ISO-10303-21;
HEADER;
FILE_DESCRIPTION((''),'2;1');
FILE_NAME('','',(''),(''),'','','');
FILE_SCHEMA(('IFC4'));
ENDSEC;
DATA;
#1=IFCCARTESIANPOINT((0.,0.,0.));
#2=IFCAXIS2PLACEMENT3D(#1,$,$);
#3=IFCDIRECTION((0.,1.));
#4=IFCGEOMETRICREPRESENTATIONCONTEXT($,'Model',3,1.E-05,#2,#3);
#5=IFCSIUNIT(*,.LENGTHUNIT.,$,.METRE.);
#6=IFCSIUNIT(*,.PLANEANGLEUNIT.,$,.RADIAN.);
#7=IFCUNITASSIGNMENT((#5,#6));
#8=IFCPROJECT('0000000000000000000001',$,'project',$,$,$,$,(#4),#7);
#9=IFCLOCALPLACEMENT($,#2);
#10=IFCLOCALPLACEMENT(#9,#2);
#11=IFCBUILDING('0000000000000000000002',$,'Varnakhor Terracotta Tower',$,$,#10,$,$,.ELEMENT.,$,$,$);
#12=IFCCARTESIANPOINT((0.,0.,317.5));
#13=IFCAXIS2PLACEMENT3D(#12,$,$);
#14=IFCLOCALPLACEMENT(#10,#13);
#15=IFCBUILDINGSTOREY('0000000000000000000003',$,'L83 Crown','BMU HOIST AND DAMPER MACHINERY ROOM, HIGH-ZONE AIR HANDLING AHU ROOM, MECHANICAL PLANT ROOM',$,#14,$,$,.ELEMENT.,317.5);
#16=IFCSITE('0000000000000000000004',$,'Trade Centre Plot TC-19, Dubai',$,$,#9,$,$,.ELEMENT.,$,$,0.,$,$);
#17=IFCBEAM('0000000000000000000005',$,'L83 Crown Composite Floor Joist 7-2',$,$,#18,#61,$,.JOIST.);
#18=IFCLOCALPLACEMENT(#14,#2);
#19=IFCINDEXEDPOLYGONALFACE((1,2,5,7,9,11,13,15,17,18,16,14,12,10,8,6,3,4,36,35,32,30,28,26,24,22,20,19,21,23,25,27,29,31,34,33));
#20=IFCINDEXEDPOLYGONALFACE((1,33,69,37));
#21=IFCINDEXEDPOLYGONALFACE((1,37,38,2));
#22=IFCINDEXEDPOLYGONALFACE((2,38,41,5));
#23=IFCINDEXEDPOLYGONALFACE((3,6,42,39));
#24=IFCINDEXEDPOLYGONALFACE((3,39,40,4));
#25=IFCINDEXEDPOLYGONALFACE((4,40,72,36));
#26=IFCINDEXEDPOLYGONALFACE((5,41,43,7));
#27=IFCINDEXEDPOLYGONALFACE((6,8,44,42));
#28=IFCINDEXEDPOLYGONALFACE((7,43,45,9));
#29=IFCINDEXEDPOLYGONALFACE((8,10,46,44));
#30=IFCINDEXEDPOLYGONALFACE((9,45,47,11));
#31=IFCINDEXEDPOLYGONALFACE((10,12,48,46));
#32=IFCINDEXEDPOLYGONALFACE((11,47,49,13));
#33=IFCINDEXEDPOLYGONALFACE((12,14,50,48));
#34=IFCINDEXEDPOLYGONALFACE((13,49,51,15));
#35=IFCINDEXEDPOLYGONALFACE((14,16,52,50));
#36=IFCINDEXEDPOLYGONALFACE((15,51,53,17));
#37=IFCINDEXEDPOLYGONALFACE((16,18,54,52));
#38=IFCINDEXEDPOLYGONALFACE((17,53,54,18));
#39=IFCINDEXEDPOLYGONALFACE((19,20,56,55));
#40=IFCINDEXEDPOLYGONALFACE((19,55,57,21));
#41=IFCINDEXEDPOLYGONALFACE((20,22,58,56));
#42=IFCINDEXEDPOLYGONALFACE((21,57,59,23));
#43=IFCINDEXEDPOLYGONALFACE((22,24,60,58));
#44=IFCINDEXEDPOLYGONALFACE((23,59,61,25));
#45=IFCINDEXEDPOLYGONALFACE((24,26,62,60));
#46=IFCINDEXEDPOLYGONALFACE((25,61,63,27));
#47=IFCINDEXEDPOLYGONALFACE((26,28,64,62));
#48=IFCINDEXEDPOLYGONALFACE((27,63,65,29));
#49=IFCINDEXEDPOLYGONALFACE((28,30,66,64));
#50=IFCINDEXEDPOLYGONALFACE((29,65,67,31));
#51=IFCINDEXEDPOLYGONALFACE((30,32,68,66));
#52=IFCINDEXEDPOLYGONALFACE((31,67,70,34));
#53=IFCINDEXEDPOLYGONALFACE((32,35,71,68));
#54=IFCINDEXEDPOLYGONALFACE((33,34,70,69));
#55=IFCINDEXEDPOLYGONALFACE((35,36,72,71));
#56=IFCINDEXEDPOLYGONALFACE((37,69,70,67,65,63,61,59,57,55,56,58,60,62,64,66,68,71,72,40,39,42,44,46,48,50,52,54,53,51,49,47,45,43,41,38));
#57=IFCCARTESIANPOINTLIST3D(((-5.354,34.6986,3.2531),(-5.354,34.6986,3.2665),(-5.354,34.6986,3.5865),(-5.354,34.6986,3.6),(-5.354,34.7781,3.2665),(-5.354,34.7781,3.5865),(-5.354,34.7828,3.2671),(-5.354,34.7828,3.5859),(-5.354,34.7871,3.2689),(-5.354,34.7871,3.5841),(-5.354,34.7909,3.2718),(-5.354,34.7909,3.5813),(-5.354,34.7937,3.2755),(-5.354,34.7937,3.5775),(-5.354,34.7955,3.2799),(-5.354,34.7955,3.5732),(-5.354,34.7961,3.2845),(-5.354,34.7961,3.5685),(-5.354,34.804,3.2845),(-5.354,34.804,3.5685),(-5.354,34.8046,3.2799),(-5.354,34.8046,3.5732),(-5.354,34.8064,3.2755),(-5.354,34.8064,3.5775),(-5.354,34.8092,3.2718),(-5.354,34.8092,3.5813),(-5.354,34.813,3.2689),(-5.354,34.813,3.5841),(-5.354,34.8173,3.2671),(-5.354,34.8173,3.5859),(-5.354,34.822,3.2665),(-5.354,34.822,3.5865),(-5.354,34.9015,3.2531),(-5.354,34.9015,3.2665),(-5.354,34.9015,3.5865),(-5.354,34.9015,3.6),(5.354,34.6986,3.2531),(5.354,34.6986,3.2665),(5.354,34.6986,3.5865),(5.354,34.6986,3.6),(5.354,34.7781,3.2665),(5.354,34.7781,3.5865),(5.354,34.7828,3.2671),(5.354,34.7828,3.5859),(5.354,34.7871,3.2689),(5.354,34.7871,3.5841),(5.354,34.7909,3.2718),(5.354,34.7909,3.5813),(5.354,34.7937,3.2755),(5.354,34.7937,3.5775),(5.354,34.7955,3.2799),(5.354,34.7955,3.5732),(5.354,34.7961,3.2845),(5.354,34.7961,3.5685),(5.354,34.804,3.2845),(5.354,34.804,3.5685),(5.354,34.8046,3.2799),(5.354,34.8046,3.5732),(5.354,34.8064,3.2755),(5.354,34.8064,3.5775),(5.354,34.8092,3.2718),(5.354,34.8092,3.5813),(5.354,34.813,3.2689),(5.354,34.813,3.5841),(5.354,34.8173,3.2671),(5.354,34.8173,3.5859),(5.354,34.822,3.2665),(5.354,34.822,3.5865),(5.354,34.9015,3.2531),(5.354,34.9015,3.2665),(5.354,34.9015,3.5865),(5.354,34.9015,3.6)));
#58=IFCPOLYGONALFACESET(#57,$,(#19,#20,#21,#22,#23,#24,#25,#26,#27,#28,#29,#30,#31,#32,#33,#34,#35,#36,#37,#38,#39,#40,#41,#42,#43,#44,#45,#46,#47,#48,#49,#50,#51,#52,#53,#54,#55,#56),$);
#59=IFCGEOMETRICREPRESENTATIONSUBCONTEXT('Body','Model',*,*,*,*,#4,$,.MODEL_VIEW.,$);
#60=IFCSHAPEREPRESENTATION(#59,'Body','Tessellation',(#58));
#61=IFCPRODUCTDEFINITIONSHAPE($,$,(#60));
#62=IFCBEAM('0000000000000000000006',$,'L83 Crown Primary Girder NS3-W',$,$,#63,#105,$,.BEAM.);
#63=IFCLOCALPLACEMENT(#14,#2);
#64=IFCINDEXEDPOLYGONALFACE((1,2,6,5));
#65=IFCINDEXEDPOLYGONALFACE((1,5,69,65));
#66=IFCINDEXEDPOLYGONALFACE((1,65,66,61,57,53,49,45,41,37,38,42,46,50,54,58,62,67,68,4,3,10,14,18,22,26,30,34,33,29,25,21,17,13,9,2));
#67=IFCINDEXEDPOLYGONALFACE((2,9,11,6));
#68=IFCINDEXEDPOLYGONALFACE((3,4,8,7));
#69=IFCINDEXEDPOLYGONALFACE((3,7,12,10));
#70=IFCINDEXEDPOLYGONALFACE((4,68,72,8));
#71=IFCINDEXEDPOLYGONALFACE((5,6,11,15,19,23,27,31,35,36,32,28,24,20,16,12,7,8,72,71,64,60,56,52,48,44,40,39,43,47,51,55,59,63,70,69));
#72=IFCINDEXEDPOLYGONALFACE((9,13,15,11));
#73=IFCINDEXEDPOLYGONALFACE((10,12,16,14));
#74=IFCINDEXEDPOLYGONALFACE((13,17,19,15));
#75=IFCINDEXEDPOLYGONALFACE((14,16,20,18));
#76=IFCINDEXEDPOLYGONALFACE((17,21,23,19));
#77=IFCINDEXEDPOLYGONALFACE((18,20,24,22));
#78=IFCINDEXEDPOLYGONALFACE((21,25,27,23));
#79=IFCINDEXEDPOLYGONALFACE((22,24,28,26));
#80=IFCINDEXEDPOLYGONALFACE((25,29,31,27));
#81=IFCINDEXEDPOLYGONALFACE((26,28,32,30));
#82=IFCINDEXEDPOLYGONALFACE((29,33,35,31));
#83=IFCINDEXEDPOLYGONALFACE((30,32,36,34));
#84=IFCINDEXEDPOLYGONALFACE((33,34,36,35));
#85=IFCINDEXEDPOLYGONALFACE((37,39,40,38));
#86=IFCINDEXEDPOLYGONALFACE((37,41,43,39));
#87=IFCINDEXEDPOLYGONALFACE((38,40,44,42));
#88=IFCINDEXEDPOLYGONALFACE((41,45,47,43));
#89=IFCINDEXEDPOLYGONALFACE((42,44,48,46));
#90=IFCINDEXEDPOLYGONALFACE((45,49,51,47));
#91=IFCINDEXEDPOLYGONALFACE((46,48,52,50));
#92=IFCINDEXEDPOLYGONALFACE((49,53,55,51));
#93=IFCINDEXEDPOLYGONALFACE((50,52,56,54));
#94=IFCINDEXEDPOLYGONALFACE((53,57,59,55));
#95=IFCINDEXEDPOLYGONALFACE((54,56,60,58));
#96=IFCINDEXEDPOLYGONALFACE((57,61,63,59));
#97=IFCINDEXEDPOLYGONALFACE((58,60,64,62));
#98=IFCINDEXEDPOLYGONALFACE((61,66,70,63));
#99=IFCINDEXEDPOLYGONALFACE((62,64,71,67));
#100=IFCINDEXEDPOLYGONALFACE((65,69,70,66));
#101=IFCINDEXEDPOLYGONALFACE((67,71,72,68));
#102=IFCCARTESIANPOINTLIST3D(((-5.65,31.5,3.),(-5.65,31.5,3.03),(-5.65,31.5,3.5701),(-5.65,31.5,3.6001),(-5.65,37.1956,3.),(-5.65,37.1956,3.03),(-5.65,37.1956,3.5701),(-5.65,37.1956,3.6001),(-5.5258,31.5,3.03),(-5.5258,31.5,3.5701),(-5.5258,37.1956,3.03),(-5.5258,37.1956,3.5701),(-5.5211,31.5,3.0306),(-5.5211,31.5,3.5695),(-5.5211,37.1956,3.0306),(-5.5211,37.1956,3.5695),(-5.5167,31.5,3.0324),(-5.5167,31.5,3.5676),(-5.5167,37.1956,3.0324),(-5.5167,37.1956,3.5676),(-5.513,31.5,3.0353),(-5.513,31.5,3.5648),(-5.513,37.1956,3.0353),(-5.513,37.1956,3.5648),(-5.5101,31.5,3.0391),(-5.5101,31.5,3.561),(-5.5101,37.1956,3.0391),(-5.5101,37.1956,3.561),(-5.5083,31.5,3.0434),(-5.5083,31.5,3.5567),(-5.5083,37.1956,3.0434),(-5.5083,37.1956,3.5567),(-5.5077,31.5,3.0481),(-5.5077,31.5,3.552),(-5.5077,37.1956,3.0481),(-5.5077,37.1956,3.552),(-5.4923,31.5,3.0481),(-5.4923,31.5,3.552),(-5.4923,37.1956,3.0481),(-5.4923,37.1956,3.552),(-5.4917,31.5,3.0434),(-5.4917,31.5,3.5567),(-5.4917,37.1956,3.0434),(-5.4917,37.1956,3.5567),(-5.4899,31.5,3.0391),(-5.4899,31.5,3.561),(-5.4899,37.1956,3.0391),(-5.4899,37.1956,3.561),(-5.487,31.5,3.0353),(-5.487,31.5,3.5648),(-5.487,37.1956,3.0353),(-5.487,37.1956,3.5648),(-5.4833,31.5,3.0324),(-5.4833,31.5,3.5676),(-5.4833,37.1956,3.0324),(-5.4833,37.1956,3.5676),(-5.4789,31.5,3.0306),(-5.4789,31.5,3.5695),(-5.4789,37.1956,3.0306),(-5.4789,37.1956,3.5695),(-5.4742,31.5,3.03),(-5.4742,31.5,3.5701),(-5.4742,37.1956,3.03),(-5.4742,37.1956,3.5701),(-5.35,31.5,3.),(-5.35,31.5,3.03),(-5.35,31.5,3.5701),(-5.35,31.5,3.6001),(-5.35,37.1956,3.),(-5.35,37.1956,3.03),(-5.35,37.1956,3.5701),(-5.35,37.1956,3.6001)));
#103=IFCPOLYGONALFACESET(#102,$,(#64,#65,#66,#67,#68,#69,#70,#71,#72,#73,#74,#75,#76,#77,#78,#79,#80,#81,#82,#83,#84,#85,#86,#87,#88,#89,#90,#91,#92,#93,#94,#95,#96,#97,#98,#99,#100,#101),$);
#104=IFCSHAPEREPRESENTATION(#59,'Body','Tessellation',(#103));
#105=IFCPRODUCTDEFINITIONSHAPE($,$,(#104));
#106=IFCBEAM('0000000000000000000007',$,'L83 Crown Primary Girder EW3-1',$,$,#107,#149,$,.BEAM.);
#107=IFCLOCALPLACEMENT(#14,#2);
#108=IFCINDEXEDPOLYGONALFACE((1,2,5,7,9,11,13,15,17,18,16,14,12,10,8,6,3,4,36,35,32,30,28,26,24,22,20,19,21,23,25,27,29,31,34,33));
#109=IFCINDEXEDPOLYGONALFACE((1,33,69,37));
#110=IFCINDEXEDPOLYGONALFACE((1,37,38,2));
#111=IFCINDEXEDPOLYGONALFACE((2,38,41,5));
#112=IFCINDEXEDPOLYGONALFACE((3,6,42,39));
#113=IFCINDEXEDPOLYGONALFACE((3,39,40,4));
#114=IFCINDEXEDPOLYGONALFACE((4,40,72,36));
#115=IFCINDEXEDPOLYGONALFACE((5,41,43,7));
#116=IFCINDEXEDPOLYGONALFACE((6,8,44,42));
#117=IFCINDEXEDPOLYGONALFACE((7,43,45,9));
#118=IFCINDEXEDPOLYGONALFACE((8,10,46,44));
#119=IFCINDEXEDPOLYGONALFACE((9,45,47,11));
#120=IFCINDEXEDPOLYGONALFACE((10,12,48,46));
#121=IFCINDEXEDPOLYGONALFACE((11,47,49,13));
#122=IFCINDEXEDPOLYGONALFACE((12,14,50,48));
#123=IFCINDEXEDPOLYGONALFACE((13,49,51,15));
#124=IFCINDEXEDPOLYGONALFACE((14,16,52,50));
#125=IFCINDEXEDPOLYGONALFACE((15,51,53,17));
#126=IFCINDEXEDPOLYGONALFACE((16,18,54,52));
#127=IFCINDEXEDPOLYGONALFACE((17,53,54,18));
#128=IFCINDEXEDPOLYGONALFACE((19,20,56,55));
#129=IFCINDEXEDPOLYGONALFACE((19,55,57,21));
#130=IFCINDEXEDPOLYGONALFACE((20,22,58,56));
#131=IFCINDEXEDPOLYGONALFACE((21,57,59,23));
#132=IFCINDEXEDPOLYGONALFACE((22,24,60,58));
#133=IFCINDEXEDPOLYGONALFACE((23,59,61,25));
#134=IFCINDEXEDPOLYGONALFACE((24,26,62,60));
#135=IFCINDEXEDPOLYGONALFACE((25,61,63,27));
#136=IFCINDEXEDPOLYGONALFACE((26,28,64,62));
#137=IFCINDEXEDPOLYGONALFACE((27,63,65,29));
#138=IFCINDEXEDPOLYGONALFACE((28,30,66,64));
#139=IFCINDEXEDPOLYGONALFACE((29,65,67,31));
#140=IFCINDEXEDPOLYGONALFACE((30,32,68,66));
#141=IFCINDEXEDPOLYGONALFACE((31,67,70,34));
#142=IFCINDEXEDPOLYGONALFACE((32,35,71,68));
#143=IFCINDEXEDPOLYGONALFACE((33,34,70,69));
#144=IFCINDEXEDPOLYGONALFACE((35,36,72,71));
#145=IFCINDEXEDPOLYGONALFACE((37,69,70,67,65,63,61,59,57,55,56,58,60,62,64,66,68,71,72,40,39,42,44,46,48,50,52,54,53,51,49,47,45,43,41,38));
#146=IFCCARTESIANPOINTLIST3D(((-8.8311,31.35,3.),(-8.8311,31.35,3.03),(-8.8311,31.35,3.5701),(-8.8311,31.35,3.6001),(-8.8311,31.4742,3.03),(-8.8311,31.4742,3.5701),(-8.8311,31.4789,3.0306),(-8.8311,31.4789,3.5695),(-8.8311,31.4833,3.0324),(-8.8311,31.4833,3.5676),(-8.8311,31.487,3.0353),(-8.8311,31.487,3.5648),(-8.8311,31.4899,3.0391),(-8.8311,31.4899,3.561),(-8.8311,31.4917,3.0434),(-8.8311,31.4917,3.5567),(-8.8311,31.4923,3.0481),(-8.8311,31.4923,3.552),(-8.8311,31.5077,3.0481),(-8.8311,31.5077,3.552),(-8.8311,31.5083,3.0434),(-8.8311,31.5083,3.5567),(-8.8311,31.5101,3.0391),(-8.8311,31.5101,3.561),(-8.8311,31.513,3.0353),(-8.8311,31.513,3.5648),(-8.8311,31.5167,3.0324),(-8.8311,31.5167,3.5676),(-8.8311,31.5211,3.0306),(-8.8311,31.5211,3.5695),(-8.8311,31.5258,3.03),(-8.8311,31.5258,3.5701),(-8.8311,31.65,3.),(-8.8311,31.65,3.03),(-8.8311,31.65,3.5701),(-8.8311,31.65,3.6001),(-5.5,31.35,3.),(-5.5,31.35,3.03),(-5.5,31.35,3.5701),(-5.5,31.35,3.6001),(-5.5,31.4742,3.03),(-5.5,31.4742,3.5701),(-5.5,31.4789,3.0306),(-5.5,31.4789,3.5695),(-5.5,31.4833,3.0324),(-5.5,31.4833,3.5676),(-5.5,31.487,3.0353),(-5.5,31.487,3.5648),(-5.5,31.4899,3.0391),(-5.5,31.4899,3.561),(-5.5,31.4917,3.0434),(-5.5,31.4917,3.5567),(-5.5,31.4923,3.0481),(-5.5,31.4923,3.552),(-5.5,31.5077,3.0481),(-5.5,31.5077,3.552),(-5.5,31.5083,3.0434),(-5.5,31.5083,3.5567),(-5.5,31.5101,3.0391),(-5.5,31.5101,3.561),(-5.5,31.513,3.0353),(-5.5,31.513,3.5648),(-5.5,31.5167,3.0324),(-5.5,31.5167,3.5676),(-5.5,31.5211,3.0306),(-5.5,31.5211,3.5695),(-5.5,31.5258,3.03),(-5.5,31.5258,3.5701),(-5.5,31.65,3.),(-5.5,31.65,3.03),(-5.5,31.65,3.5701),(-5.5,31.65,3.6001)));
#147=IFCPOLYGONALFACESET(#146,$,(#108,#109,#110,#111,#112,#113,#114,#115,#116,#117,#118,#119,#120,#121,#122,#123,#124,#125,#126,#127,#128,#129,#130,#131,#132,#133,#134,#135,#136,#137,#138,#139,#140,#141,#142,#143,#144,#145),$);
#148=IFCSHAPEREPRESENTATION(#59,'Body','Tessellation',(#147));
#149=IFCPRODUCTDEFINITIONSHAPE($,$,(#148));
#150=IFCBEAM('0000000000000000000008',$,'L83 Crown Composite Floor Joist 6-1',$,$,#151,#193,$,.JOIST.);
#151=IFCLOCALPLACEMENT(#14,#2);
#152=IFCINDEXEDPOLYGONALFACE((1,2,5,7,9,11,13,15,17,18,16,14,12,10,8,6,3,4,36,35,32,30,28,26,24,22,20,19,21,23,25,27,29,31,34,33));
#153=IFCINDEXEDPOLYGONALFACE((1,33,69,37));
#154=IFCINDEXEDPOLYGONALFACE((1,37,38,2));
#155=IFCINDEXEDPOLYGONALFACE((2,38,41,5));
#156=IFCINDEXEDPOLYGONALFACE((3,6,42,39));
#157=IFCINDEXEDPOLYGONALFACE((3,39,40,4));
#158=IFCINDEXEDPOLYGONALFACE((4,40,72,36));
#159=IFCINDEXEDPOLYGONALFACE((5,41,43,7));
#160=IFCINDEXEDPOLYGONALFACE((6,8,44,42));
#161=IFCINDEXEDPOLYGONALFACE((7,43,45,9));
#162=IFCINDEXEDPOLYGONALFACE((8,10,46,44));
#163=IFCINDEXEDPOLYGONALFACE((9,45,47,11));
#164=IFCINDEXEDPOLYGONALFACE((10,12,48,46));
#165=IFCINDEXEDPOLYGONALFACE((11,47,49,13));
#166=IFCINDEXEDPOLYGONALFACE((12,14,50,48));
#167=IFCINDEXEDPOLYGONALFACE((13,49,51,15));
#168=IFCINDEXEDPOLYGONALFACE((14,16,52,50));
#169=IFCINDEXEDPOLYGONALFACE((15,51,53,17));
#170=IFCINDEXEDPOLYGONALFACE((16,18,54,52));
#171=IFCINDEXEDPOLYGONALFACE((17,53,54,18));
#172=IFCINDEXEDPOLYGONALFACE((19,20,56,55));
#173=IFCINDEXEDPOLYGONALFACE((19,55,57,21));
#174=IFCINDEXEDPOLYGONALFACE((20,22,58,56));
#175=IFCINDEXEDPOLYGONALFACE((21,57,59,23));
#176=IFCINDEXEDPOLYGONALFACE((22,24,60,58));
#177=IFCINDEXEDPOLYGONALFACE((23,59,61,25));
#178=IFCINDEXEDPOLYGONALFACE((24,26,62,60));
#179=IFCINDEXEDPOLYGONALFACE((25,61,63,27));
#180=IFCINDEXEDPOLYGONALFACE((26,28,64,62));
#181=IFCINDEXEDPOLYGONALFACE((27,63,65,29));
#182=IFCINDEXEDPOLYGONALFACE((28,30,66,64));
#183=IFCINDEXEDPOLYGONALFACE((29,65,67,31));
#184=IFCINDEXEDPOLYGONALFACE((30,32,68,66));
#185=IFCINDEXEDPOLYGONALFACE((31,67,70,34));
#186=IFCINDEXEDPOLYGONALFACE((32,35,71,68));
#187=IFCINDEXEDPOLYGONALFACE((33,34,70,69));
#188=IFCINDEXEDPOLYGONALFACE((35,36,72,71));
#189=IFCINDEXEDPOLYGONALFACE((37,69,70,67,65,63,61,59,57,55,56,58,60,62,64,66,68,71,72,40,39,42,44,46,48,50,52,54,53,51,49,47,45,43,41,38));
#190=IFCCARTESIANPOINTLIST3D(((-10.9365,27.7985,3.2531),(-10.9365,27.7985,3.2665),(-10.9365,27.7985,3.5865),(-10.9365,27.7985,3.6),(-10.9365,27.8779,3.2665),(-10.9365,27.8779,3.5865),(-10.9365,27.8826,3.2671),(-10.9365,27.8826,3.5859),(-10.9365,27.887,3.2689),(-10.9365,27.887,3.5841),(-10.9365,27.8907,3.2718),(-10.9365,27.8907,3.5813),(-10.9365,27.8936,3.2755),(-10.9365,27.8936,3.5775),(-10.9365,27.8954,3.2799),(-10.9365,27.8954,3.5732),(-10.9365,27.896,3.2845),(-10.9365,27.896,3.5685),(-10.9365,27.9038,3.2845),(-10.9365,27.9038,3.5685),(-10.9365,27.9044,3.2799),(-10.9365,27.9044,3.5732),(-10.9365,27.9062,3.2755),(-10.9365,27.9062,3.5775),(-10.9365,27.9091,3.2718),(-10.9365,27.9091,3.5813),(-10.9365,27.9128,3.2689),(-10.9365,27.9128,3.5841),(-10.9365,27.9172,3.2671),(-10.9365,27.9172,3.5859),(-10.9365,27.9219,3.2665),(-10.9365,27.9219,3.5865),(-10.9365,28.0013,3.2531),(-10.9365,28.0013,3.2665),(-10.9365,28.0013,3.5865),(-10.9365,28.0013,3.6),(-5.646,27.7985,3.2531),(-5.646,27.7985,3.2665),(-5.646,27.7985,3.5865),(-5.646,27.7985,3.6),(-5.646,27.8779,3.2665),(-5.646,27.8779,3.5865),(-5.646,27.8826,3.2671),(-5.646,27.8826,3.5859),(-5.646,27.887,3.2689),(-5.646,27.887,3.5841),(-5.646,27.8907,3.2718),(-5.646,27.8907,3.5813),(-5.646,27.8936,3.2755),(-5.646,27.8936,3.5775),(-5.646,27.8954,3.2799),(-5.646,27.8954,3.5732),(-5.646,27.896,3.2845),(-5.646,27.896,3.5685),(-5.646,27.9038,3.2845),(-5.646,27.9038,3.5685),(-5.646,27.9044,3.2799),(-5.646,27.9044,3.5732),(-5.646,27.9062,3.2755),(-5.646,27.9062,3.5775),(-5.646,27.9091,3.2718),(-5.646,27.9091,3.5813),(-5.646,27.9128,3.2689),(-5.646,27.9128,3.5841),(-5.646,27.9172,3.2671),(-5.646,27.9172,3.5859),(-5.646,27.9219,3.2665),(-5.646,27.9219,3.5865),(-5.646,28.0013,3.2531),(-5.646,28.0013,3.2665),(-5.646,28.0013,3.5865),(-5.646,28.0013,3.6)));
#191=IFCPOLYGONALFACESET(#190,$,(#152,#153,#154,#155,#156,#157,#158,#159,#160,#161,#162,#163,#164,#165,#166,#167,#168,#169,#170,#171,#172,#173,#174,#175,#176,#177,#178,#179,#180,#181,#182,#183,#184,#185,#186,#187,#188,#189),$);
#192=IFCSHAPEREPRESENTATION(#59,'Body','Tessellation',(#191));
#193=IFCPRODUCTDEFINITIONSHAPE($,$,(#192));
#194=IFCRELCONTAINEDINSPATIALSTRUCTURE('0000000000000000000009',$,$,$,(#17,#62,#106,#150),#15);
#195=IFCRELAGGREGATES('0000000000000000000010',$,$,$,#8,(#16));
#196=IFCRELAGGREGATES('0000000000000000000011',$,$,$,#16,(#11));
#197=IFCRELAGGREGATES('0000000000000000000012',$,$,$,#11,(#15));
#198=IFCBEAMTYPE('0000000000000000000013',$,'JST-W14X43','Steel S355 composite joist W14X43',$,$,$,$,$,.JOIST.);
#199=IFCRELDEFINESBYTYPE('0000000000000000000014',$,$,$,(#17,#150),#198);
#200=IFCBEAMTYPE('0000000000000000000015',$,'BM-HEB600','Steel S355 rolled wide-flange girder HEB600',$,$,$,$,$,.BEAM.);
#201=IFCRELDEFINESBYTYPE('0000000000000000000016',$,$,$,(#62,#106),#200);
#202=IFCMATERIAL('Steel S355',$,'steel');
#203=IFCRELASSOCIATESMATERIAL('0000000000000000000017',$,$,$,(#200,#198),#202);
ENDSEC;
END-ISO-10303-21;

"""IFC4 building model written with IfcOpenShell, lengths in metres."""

from ifc_helpers import new_model, si_unit, direction, frame, origin, origin_2d, place, context, subcontext, project, spatial, i_section, extrude, source, transform, mapped, material, material_profile, profile_set, type_object, element, save


model = new_model("IFC4")

# Units and contexts
model_context = context("Model", 3, precision=1e-05, world=origin(), true_north=direction((0.0, 1.0)))
body_context = subcontext(model_context, "Body", "Model", "MODEL_VIEW")
ifc_project = project(units=[si_unit("LENGTHUNIT", "METRE"), si_unit("PLANEANGLEUNIT", "RADIAN")], contexts=[model_context])

# Site, building, storey
site_placement = place(None, origin())
site = spatial("IfcSite", under=ifc_project, at=site_placement, Name="Trade Centre Plot TC-19, Dubai", CompositionType="ELEMENT", RefElevation=0.0)
building_placement = place(site_placement, origin())
building = spatial("IfcBuilding", under=site, at=building_placement, Name="Varnakhor Terracotta Tower", CompositionType="ELEMENT")
storey_placement = place(building_placement, frame((0.0, 0.0, 317.5)))
storey = spatial("IfcBuildingStorey", under=building, at=storey_placement, Name="L83 Crown", Description="BMU HOIST AND DAMPER MACHINERY ROOM, HIGH-ZONE AIR HANDLING AHU ROOM, MECHANICAL PLANT ROOM", CompositionType="ELEMENT", Elevation=317.5)

# Shared definitions
ifc_material_1 = material(Name="Steel S355", Category="steel")

# Beams
ifc_material_profile_1 = material_profile(ifc_material_1, i_section(OverallWidth=0.3, OverallDepth=0.6001, WebThickness=0.0154, FlangeThickness=0.03, FilletRadius=0.0181, at=origin_2d()), Name="HEB600")
ifc_profile_set_1 = profile_set([ifc_material_profile_1], Name="Steel S355")
beam_type_1 = type_object("IfcBeamType", Name="BM-HEB600", Description="Steel S355 rolled wide-flange girder HEB600", PredefinedType="BEAM", material=ifc_profile_set_1)
ifc_material_profile_2 = material_profile(ifc_material_1, i_section(OverallWidth=0.2029, OverallDepth=0.3469, WebThickness=0.0078, FlangeThickness=0.0134, FilletRadius=0.0181, at=origin_2d()), Name="W14X43")
ifc_profile_set_2 = profile_set([ifc_material_profile_2], Name="Steel S355")
beam_type_2 = type_object("IfcBeamType", Name="JST-W14X43", Description="Steel S355 composite joist W14X43", PredefinedType="JOIST", material=ifc_profile_set_2)
shared_shape_1 = source(origin(), body_context, "Body", "SweptSolid", [
    extrude(i_section(OverallWidth=0.2029, OverallDepth=0.3469, WebThickness=0.0078, FlangeThickness=0.0134, FilletRadius=0.0181, at=origin_2d()), origin(), (0.0, 0.0, 1.0), 10.708),
])
for number, where, z_axis, x_axis, name in (
    (1, (-5.354, 34.8, 3.4265), (1.0, 0.0, 0.0), (0.0, 1.0, 0.0), "L83 Crown Composite Floor Joist 7-2"),
):
    element("IfcBeam", number, at=place(storey_placement, frame(where, z_axis=z_axis, x_axis=x_axis)), inside=storey, type_object=beam_type_2, Name=name, PredefinedType="JOIST", context=body_context, shape_type="MappedRepresentation", body=[
        mapped(shared_shape_1, transform((0.0, 0.0, 0.0), scale=1.0)),
    ])
shared_shape_2 = source(origin(), body_context, "Body", "SweptSolid", [
    extrude(i_section(OverallWidth=0.3, OverallDepth=0.6001, WebThickness=0.0154, FlangeThickness=0.03, FilletRadius=0.0181, at=origin_2d()), origin(), (0.0, 0.0, 1.0), 5.6956),
])
beam_1_placement = place(storey_placement, frame((-5.5, 31.5, 3.3), z_axis=(0.0, 1.0, 0.0), x_axis=(-1.0, 0.0, 0.0)))
element("IfcBeam", 2, at=beam_1_placement, inside=storey, type_object=beam_type_1, Name="L83 Crown Primary Girder NS3-W", PredefinedType="BEAM", context=body_context, shape_type="MappedRepresentation", body=[
    mapped(shared_shape_2, transform((0.0, 0.0, 0.0), scale=1.0)),
])
shared_shape_3 = source(origin(), body_context, "Body", "SweptSolid", [
    extrude(i_section(OverallWidth=0.3, OverallDepth=0.6001, WebThickness=0.0154, FlangeThickness=0.03, FilletRadius=0.0181, at=origin_2d()), origin(), (0.0, 0.0, 1.0), 3.3311),
])
beam_2_placement = place(storey_placement, frame((-8.8311, 31.5, 3.3), z_axis=(1.0, 0.0, 0.0), x_axis=(0.0, 1.0, 0.0)))
element("IfcBeam", 3, at=beam_2_placement, inside=storey, type_object=beam_type_1, Name="L83 Crown Primary Girder EW3-1", PredefinedType="BEAM", context=body_context, shape_type="MappedRepresentation", body=[
    mapped(shared_shape_3, transform((0.0, 0.0, 0.0), scale=1.0)),
])
shared_shape_4 = source(origin(), body_context, "Body", "SweptSolid", [
    extrude(i_section(OverallWidth=0.2029, OverallDepth=0.3469, WebThickness=0.0078, FlangeThickness=0.0134, FilletRadius=0.0181, at=origin_2d()), origin(), (0.0, 0.0, 1.0), 5.2905),
])
beam_3_placement = place(storey_placement, frame((-10.9365, 27.8999, 3.4265), z_axis=(1.0, 0.0, 0.0), x_axis=(0.0, 1.0, 0.0)))
element("IfcBeam", 4, at=beam_3_placement, inside=storey, type_object=beam_type_2, Name="L83 Crown Composite Floor Joist 6-1", PredefinedType="JOIST", context=body_context, shape_type="MappedRepresentation", body=[
    mapped(shared_shape_4, transform((0.0, 0.0, 0.0), scale=1.0)),
])

save(model, "model.ifc")
